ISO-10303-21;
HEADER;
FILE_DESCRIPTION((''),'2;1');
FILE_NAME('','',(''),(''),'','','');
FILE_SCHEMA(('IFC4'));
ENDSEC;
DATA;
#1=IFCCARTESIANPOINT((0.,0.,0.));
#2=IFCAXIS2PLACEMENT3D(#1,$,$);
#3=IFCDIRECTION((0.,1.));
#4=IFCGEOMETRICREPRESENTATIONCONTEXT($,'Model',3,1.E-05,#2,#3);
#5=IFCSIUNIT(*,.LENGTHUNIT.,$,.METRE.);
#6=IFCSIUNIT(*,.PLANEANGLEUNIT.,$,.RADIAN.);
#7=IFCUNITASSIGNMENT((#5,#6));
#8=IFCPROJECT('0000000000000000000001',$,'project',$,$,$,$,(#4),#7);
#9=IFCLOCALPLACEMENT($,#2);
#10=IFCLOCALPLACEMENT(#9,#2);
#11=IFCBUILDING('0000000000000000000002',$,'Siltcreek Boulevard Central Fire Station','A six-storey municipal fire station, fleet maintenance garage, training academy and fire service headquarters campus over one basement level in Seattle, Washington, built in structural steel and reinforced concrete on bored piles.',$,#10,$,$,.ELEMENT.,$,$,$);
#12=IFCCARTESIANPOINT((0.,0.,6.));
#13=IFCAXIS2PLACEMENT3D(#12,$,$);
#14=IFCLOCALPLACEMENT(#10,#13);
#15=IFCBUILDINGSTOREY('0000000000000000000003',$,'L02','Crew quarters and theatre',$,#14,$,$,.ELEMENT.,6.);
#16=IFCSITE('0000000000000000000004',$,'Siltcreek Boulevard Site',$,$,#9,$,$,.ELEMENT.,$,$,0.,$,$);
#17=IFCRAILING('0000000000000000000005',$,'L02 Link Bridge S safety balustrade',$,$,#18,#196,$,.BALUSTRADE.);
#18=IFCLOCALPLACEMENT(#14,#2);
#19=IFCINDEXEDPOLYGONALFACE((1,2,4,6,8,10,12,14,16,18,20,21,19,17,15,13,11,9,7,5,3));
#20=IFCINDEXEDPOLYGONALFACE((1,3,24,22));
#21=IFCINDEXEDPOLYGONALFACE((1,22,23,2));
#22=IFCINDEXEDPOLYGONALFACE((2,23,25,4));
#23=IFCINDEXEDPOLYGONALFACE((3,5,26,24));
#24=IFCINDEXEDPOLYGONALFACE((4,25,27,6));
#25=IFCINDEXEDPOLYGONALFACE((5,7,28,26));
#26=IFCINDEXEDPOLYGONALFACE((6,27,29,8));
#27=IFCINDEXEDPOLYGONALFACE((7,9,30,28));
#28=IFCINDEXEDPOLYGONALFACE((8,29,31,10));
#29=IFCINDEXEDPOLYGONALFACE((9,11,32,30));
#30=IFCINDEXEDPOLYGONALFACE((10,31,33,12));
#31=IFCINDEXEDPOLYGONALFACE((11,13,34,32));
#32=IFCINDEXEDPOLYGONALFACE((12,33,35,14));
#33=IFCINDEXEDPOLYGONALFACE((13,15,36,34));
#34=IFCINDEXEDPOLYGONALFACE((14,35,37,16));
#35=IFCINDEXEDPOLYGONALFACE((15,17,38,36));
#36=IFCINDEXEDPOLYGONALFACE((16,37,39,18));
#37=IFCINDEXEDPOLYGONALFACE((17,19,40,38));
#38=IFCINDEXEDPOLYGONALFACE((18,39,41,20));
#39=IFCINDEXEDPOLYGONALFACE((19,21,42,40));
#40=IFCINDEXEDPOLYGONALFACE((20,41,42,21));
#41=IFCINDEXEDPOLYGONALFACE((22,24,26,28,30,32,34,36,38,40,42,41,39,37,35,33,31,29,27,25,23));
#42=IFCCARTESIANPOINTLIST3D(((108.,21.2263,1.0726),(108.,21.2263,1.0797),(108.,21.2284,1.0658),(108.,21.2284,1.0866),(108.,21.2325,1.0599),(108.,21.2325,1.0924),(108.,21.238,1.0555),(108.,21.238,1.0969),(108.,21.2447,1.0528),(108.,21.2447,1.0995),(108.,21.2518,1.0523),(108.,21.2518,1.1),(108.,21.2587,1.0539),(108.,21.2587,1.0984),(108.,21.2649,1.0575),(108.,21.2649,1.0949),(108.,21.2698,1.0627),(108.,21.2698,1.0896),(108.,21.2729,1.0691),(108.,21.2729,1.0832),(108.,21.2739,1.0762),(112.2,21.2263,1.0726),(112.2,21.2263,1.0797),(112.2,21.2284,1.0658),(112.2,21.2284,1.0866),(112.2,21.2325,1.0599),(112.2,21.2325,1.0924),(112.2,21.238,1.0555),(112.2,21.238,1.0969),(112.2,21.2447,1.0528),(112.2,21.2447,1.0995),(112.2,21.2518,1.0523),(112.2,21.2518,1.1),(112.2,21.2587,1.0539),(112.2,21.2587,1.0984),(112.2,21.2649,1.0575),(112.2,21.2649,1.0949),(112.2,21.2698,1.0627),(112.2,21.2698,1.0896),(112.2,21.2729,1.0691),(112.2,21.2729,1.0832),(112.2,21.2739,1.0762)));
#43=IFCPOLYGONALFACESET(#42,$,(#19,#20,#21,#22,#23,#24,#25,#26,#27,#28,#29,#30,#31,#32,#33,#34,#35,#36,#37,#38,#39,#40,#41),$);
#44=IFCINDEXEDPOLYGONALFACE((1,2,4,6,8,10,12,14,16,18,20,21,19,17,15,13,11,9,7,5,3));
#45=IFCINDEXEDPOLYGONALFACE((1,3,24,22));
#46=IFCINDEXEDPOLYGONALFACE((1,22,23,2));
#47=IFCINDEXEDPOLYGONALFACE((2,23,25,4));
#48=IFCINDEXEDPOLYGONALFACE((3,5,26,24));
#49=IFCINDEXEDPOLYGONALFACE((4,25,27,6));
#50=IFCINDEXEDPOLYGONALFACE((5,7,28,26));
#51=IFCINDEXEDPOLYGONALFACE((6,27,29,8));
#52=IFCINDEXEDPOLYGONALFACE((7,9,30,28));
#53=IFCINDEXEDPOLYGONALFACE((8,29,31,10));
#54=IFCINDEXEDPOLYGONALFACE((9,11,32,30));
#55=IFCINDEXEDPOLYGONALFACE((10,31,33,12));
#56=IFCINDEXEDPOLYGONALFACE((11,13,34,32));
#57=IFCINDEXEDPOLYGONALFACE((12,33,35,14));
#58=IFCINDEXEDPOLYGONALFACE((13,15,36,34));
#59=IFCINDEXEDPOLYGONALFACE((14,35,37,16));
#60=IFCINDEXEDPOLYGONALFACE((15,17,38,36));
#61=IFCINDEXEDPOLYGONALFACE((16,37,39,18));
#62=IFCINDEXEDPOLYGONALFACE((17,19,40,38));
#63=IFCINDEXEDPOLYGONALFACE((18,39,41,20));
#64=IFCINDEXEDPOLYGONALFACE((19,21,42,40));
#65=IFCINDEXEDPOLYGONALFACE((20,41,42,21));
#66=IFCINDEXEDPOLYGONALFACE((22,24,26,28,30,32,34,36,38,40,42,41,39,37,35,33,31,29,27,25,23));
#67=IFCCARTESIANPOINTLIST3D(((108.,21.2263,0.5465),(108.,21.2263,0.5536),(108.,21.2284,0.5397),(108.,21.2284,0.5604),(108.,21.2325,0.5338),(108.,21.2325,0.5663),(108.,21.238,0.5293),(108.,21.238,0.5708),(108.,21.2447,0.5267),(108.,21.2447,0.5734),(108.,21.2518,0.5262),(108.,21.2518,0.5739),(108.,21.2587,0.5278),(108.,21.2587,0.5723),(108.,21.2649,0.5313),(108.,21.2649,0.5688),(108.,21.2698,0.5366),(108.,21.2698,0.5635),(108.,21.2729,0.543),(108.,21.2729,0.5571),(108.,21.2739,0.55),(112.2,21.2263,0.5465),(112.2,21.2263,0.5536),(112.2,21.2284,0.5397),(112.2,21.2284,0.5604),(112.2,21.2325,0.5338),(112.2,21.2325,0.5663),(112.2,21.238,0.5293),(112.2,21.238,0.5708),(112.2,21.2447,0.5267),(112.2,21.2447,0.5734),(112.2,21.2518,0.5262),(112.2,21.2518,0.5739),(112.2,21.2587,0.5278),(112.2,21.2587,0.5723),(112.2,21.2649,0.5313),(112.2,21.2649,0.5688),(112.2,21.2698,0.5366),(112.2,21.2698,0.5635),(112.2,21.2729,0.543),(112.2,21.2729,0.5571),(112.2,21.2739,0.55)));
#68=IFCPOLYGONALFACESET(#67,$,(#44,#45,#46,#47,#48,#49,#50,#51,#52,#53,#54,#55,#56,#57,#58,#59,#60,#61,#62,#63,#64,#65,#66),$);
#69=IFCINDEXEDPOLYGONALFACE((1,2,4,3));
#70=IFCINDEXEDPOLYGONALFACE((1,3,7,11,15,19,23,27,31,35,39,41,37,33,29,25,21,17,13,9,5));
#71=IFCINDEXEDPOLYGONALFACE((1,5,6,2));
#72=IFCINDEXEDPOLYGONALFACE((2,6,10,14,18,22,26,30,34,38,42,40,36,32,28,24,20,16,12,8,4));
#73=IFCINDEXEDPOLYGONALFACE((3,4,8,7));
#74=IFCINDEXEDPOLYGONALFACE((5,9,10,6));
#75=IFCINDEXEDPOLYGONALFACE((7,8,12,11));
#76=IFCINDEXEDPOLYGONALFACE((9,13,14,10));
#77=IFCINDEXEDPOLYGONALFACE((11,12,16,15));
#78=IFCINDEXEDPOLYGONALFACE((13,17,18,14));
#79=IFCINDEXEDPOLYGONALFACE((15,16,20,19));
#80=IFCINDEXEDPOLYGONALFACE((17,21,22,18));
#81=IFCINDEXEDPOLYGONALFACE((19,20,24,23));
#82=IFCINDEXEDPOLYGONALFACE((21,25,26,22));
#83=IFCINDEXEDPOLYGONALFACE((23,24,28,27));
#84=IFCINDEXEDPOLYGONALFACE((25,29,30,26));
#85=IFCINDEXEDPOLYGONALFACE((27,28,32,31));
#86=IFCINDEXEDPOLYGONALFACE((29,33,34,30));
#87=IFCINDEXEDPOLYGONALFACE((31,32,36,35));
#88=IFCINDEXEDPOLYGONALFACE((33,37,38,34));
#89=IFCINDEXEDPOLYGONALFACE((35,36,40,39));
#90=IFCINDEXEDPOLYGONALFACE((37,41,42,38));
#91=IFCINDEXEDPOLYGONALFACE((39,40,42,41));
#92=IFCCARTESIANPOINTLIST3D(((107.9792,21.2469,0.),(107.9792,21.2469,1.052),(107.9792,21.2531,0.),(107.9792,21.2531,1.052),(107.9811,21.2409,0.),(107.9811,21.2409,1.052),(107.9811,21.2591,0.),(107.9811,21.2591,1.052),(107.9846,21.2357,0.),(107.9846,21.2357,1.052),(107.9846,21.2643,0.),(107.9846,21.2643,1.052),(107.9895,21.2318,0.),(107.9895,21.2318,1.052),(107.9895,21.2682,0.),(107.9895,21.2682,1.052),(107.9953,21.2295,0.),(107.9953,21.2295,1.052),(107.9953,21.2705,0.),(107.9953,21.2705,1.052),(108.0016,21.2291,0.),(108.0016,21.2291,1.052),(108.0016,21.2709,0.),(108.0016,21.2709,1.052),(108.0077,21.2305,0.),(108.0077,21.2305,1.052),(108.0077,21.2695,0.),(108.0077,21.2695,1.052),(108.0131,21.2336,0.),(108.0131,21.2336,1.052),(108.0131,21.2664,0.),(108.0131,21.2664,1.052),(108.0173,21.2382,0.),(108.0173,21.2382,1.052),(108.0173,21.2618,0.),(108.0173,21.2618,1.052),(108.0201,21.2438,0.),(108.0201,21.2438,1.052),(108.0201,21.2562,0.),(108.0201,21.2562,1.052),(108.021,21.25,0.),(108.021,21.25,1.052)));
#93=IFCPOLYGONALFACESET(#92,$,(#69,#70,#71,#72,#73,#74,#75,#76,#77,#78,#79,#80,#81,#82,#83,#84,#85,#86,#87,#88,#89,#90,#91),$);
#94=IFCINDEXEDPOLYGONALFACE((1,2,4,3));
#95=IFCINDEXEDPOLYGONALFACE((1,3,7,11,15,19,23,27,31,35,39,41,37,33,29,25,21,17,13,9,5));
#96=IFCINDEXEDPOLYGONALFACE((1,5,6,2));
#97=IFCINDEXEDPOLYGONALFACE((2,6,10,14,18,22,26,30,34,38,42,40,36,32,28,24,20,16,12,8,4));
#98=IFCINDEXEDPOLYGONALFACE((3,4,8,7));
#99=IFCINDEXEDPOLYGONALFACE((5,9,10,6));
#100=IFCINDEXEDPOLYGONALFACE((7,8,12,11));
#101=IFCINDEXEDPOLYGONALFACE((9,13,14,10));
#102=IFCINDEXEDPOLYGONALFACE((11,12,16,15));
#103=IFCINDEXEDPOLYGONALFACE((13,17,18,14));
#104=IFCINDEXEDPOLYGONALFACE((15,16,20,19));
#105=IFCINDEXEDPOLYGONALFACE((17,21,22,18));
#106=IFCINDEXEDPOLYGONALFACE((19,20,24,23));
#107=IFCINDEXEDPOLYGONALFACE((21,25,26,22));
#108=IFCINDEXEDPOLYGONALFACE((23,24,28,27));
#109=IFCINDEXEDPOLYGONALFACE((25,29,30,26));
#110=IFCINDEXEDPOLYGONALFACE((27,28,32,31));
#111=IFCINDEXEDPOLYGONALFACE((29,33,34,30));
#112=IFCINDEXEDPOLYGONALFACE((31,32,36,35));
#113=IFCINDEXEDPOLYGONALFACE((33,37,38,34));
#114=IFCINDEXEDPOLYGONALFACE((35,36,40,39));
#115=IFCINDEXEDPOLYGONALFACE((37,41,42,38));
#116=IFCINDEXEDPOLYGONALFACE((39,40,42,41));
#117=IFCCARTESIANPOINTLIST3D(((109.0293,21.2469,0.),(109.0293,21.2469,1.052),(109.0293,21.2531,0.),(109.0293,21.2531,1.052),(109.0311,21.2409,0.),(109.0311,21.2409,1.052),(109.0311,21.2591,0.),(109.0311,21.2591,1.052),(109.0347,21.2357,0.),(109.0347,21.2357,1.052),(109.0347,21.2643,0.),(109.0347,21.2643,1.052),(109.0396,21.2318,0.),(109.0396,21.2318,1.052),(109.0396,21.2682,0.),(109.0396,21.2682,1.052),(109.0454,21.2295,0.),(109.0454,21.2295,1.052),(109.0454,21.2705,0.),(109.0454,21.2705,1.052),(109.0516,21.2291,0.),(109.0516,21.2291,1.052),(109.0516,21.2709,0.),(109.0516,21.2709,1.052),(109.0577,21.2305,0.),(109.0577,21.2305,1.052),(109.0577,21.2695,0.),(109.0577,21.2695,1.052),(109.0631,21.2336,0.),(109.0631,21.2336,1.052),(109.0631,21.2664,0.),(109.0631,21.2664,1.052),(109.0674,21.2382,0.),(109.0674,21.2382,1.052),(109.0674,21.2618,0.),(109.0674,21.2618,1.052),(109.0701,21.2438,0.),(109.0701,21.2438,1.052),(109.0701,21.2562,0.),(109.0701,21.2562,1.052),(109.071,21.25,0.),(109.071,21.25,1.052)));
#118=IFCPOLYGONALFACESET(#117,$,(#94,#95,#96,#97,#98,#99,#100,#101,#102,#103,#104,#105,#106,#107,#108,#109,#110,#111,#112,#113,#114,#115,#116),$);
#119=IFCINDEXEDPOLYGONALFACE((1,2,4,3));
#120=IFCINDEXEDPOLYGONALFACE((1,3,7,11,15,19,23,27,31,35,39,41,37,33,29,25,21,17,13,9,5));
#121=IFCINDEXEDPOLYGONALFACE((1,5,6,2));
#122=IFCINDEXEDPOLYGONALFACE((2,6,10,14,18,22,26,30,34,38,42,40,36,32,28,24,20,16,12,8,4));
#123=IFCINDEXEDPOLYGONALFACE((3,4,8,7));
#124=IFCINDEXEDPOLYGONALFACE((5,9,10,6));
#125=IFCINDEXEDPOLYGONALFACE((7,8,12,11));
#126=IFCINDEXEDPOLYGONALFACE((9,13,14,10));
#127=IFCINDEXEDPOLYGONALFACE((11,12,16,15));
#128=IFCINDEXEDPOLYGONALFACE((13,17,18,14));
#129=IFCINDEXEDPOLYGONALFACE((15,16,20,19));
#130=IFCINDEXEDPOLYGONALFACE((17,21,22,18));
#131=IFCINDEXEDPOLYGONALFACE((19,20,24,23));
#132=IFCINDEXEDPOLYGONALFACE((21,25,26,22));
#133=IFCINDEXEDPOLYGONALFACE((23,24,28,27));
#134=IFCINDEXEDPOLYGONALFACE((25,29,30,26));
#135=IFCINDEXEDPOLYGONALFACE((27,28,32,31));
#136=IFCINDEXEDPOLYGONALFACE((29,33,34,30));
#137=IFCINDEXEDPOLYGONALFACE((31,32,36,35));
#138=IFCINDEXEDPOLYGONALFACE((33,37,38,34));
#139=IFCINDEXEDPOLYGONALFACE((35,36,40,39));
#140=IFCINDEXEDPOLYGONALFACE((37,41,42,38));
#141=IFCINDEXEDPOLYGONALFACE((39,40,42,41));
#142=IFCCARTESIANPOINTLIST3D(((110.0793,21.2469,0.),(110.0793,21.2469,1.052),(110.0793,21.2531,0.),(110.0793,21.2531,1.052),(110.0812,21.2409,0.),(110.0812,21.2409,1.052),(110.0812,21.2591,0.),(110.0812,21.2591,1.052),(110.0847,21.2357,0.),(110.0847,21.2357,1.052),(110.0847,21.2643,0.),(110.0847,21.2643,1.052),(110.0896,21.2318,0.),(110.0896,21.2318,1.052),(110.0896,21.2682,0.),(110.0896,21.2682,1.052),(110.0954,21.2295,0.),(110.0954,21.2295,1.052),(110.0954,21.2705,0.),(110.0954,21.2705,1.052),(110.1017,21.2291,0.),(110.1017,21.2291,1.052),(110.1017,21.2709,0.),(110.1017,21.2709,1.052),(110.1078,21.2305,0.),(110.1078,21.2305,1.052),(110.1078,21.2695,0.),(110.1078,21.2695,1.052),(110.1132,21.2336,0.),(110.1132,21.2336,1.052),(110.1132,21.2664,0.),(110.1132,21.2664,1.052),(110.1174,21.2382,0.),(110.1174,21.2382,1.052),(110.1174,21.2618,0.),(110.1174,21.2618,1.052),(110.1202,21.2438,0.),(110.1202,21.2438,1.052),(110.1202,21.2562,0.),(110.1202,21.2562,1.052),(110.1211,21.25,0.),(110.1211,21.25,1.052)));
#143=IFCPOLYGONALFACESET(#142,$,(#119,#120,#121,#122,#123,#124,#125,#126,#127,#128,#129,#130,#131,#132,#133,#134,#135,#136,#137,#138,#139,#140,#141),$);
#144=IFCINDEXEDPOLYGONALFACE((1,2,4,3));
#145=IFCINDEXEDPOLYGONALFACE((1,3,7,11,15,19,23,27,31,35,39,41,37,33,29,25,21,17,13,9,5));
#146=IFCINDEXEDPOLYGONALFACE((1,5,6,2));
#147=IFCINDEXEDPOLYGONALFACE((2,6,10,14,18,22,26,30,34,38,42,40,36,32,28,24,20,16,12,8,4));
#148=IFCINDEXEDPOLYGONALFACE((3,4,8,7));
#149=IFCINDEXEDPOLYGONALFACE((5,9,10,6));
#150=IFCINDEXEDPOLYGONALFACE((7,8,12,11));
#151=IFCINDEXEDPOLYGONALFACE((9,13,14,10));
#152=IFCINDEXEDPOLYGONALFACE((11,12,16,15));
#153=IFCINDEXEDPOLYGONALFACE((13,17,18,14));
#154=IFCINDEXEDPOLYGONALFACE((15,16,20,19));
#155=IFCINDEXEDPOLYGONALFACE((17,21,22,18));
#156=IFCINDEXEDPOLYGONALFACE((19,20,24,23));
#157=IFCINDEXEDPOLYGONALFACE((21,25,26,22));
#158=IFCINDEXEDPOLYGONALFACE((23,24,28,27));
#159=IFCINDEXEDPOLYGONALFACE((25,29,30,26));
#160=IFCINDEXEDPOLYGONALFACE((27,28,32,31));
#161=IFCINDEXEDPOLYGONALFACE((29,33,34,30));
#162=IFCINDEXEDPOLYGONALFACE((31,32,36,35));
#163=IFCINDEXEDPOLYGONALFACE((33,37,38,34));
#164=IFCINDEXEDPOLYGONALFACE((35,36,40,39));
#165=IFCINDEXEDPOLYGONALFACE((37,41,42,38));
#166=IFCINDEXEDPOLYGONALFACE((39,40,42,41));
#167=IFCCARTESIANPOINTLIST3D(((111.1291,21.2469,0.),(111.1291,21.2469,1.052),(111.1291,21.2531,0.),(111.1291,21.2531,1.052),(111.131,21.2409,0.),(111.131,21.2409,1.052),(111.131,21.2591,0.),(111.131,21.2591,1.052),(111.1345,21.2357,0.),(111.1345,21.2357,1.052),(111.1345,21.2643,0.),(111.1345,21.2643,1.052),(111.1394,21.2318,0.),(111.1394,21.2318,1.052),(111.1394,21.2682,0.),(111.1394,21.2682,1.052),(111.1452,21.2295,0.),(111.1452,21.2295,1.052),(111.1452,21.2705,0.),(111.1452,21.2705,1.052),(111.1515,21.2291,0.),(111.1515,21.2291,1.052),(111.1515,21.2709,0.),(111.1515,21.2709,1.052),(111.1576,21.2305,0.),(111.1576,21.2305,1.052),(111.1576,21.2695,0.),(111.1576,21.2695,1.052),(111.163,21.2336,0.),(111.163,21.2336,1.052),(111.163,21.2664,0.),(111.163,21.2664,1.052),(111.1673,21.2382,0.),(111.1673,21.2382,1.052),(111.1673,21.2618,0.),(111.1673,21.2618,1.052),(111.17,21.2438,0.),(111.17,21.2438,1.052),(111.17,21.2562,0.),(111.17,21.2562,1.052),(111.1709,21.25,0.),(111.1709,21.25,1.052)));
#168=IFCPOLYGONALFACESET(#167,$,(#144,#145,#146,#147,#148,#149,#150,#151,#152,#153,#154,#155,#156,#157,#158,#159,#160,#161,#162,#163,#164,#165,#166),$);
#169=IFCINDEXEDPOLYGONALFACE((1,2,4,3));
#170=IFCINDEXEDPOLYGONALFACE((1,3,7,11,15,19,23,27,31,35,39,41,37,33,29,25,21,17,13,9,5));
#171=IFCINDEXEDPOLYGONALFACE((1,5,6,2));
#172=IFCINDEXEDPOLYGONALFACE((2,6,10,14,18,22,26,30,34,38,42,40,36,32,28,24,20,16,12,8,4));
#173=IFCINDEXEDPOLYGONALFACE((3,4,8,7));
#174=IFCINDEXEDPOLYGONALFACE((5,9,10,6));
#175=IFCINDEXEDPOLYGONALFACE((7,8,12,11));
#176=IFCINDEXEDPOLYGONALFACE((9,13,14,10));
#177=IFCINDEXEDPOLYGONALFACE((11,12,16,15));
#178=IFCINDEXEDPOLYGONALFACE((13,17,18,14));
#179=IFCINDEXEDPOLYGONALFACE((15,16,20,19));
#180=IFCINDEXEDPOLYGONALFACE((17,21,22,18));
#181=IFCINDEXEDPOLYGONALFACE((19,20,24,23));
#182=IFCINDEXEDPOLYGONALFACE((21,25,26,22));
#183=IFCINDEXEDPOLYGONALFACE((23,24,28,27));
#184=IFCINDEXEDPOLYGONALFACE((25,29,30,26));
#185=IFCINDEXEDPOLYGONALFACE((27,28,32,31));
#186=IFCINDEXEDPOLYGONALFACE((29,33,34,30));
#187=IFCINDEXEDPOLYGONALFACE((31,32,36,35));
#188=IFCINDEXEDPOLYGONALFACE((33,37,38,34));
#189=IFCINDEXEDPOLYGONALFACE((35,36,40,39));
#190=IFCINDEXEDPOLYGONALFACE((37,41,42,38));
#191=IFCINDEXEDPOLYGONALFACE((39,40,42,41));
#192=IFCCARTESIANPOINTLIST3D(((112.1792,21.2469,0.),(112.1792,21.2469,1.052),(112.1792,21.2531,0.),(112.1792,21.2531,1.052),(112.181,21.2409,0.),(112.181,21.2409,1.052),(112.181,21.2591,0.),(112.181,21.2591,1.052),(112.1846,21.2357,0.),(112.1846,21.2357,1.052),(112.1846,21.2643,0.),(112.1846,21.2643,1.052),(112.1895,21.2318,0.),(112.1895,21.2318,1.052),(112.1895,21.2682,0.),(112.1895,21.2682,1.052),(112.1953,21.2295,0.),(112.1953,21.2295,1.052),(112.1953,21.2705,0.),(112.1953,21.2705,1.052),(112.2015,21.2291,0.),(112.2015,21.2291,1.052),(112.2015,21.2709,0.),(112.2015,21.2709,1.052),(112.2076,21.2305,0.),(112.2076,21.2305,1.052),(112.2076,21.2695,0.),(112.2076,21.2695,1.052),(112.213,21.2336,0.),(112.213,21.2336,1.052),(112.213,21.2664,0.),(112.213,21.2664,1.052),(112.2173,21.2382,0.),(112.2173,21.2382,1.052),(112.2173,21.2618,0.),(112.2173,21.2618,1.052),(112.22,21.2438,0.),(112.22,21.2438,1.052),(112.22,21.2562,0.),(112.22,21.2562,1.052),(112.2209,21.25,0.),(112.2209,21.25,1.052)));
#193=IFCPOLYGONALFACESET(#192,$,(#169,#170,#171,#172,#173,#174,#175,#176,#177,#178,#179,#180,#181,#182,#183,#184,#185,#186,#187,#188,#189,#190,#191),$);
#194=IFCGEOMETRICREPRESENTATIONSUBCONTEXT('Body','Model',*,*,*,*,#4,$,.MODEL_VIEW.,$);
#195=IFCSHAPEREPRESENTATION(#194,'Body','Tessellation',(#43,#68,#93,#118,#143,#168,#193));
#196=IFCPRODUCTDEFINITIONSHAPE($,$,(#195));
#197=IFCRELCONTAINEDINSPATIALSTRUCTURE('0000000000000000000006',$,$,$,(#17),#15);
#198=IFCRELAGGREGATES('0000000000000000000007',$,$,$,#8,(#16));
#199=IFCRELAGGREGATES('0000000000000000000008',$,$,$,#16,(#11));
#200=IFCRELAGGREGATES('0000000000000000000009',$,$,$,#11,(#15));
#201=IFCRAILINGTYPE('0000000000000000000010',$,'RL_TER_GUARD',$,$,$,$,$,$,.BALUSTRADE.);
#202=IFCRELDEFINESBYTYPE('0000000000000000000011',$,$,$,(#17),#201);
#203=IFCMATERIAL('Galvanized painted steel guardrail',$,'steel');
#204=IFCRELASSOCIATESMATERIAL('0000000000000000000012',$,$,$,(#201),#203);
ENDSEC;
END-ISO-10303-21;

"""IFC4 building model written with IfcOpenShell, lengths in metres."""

from ifc_helpers import new_model, si_unit, direction, frame, origin, origin_2d, place, context, subcontext, project, spatial, circle, extrude, material, type_object, element, save


model = new_model("IFC4")

# Units and contexts
model_context = context("Model", 3, precision=1e-05, world=origin(), true_north=direction((0.0, 1.0)))
body_context = subcontext(model_context, "Body", "Model", "MODEL_VIEW")
ifc_project = project(units=[si_unit("LENGTHUNIT", "METRE"), si_unit("PLANEANGLEUNIT", "RADIAN")], contexts=[model_context])

# Site, building, storey
site_placement = place(None, origin())
site = spatial("IfcSite", under=ifc_project, at=site_placement, Name="Siltcreek Boulevard Site", CompositionType="ELEMENT", RefElevation=0.0)
building_placement = place(site_placement, origin())
building = spatial("IfcBuilding", under=site, at=building_placement, Name="Siltcreek Boulevard Central Fire Station", Description="A six-storey municipal fire station, fleet maintenance garage, training academy and fire service headquarters campus over one basement level in Seattle, Washington, built in structural steel and reinforced concrete on bored piles.", CompositionType="ELEMENT")
storey_placement = place(building_placement, frame((0.0, 0.0, 6.0)))
storey = spatial("IfcBuildingStorey", under=building, at=storey_placement, Name="L02", Description="Crew quarters and theatre", CompositionType="ELEMENT", Elevation=6.0)

# Railing
ifc_material_1 = material(Name="Galvanized painted steel guardrail", Category="steel")
railing_type = type_object("IfcRailingType", Name="RL_TER_GUARD", PredefinedType="BALUSTRADE", material=ifc_material_1)
railing_placement = place(storey_placement, frame((108.0, 21.25, 0.0)))
element("IfcRailing", 1, at=railing_placement, inside=storey, type_object=railing_type, Name="L02 Link Bridge S safety balustrade", PredefinedType="BALUSTRADE", context=body_context, shape_type="SweptSolid", body=[
    extrude(circle(Radius=0.0239, at=origin_2d()), frame((0.0, 0.0, 1.0762), z_axis=(1.0, 0.0, 0.0), x_axis=(0.0, 1.0, 0.0)), (0.0, 0.0, 1.0), 4.2),
    extrude(circle(Radius=0.0239, at=origin_2d()), frame((0.0, 0.0, 0.55), z_axis=(1.0, 0.0, 0.0), x_axis=(0.0, 1.0, 0.0)), (0.0, 0.0, 1.0), 4.2),
    extrude(circle(Radius=0.021, at=origin_2d()), origin(), (0.0, 0.0, 1.0), 1.052),
    extrude(circle(Radius=0.021, at=origin_2d()), frame((1.05, 0.0, 0.0)), (0.0, 0.0, 1.0), 1.052),
    extrude(circle(Radius=0.021, at=origin_2d()), frame((2.1001, 0.0, 0.0)), (0.0, 0.0, 1.0), 1.052),
    extrude(circle(Radius=0.021, at=origin_2d()), frame((3.1499, 0.0, 0.0)), (0.0, 0.0, 1.0), 1.052),
    extrude(circle(Radius=0.021, at=origin_2d()), frame((4.2, 0.0, 0.0)), (0.0, 0.0, 1.0), 1.052),
])

save(model, "model.ifc")
